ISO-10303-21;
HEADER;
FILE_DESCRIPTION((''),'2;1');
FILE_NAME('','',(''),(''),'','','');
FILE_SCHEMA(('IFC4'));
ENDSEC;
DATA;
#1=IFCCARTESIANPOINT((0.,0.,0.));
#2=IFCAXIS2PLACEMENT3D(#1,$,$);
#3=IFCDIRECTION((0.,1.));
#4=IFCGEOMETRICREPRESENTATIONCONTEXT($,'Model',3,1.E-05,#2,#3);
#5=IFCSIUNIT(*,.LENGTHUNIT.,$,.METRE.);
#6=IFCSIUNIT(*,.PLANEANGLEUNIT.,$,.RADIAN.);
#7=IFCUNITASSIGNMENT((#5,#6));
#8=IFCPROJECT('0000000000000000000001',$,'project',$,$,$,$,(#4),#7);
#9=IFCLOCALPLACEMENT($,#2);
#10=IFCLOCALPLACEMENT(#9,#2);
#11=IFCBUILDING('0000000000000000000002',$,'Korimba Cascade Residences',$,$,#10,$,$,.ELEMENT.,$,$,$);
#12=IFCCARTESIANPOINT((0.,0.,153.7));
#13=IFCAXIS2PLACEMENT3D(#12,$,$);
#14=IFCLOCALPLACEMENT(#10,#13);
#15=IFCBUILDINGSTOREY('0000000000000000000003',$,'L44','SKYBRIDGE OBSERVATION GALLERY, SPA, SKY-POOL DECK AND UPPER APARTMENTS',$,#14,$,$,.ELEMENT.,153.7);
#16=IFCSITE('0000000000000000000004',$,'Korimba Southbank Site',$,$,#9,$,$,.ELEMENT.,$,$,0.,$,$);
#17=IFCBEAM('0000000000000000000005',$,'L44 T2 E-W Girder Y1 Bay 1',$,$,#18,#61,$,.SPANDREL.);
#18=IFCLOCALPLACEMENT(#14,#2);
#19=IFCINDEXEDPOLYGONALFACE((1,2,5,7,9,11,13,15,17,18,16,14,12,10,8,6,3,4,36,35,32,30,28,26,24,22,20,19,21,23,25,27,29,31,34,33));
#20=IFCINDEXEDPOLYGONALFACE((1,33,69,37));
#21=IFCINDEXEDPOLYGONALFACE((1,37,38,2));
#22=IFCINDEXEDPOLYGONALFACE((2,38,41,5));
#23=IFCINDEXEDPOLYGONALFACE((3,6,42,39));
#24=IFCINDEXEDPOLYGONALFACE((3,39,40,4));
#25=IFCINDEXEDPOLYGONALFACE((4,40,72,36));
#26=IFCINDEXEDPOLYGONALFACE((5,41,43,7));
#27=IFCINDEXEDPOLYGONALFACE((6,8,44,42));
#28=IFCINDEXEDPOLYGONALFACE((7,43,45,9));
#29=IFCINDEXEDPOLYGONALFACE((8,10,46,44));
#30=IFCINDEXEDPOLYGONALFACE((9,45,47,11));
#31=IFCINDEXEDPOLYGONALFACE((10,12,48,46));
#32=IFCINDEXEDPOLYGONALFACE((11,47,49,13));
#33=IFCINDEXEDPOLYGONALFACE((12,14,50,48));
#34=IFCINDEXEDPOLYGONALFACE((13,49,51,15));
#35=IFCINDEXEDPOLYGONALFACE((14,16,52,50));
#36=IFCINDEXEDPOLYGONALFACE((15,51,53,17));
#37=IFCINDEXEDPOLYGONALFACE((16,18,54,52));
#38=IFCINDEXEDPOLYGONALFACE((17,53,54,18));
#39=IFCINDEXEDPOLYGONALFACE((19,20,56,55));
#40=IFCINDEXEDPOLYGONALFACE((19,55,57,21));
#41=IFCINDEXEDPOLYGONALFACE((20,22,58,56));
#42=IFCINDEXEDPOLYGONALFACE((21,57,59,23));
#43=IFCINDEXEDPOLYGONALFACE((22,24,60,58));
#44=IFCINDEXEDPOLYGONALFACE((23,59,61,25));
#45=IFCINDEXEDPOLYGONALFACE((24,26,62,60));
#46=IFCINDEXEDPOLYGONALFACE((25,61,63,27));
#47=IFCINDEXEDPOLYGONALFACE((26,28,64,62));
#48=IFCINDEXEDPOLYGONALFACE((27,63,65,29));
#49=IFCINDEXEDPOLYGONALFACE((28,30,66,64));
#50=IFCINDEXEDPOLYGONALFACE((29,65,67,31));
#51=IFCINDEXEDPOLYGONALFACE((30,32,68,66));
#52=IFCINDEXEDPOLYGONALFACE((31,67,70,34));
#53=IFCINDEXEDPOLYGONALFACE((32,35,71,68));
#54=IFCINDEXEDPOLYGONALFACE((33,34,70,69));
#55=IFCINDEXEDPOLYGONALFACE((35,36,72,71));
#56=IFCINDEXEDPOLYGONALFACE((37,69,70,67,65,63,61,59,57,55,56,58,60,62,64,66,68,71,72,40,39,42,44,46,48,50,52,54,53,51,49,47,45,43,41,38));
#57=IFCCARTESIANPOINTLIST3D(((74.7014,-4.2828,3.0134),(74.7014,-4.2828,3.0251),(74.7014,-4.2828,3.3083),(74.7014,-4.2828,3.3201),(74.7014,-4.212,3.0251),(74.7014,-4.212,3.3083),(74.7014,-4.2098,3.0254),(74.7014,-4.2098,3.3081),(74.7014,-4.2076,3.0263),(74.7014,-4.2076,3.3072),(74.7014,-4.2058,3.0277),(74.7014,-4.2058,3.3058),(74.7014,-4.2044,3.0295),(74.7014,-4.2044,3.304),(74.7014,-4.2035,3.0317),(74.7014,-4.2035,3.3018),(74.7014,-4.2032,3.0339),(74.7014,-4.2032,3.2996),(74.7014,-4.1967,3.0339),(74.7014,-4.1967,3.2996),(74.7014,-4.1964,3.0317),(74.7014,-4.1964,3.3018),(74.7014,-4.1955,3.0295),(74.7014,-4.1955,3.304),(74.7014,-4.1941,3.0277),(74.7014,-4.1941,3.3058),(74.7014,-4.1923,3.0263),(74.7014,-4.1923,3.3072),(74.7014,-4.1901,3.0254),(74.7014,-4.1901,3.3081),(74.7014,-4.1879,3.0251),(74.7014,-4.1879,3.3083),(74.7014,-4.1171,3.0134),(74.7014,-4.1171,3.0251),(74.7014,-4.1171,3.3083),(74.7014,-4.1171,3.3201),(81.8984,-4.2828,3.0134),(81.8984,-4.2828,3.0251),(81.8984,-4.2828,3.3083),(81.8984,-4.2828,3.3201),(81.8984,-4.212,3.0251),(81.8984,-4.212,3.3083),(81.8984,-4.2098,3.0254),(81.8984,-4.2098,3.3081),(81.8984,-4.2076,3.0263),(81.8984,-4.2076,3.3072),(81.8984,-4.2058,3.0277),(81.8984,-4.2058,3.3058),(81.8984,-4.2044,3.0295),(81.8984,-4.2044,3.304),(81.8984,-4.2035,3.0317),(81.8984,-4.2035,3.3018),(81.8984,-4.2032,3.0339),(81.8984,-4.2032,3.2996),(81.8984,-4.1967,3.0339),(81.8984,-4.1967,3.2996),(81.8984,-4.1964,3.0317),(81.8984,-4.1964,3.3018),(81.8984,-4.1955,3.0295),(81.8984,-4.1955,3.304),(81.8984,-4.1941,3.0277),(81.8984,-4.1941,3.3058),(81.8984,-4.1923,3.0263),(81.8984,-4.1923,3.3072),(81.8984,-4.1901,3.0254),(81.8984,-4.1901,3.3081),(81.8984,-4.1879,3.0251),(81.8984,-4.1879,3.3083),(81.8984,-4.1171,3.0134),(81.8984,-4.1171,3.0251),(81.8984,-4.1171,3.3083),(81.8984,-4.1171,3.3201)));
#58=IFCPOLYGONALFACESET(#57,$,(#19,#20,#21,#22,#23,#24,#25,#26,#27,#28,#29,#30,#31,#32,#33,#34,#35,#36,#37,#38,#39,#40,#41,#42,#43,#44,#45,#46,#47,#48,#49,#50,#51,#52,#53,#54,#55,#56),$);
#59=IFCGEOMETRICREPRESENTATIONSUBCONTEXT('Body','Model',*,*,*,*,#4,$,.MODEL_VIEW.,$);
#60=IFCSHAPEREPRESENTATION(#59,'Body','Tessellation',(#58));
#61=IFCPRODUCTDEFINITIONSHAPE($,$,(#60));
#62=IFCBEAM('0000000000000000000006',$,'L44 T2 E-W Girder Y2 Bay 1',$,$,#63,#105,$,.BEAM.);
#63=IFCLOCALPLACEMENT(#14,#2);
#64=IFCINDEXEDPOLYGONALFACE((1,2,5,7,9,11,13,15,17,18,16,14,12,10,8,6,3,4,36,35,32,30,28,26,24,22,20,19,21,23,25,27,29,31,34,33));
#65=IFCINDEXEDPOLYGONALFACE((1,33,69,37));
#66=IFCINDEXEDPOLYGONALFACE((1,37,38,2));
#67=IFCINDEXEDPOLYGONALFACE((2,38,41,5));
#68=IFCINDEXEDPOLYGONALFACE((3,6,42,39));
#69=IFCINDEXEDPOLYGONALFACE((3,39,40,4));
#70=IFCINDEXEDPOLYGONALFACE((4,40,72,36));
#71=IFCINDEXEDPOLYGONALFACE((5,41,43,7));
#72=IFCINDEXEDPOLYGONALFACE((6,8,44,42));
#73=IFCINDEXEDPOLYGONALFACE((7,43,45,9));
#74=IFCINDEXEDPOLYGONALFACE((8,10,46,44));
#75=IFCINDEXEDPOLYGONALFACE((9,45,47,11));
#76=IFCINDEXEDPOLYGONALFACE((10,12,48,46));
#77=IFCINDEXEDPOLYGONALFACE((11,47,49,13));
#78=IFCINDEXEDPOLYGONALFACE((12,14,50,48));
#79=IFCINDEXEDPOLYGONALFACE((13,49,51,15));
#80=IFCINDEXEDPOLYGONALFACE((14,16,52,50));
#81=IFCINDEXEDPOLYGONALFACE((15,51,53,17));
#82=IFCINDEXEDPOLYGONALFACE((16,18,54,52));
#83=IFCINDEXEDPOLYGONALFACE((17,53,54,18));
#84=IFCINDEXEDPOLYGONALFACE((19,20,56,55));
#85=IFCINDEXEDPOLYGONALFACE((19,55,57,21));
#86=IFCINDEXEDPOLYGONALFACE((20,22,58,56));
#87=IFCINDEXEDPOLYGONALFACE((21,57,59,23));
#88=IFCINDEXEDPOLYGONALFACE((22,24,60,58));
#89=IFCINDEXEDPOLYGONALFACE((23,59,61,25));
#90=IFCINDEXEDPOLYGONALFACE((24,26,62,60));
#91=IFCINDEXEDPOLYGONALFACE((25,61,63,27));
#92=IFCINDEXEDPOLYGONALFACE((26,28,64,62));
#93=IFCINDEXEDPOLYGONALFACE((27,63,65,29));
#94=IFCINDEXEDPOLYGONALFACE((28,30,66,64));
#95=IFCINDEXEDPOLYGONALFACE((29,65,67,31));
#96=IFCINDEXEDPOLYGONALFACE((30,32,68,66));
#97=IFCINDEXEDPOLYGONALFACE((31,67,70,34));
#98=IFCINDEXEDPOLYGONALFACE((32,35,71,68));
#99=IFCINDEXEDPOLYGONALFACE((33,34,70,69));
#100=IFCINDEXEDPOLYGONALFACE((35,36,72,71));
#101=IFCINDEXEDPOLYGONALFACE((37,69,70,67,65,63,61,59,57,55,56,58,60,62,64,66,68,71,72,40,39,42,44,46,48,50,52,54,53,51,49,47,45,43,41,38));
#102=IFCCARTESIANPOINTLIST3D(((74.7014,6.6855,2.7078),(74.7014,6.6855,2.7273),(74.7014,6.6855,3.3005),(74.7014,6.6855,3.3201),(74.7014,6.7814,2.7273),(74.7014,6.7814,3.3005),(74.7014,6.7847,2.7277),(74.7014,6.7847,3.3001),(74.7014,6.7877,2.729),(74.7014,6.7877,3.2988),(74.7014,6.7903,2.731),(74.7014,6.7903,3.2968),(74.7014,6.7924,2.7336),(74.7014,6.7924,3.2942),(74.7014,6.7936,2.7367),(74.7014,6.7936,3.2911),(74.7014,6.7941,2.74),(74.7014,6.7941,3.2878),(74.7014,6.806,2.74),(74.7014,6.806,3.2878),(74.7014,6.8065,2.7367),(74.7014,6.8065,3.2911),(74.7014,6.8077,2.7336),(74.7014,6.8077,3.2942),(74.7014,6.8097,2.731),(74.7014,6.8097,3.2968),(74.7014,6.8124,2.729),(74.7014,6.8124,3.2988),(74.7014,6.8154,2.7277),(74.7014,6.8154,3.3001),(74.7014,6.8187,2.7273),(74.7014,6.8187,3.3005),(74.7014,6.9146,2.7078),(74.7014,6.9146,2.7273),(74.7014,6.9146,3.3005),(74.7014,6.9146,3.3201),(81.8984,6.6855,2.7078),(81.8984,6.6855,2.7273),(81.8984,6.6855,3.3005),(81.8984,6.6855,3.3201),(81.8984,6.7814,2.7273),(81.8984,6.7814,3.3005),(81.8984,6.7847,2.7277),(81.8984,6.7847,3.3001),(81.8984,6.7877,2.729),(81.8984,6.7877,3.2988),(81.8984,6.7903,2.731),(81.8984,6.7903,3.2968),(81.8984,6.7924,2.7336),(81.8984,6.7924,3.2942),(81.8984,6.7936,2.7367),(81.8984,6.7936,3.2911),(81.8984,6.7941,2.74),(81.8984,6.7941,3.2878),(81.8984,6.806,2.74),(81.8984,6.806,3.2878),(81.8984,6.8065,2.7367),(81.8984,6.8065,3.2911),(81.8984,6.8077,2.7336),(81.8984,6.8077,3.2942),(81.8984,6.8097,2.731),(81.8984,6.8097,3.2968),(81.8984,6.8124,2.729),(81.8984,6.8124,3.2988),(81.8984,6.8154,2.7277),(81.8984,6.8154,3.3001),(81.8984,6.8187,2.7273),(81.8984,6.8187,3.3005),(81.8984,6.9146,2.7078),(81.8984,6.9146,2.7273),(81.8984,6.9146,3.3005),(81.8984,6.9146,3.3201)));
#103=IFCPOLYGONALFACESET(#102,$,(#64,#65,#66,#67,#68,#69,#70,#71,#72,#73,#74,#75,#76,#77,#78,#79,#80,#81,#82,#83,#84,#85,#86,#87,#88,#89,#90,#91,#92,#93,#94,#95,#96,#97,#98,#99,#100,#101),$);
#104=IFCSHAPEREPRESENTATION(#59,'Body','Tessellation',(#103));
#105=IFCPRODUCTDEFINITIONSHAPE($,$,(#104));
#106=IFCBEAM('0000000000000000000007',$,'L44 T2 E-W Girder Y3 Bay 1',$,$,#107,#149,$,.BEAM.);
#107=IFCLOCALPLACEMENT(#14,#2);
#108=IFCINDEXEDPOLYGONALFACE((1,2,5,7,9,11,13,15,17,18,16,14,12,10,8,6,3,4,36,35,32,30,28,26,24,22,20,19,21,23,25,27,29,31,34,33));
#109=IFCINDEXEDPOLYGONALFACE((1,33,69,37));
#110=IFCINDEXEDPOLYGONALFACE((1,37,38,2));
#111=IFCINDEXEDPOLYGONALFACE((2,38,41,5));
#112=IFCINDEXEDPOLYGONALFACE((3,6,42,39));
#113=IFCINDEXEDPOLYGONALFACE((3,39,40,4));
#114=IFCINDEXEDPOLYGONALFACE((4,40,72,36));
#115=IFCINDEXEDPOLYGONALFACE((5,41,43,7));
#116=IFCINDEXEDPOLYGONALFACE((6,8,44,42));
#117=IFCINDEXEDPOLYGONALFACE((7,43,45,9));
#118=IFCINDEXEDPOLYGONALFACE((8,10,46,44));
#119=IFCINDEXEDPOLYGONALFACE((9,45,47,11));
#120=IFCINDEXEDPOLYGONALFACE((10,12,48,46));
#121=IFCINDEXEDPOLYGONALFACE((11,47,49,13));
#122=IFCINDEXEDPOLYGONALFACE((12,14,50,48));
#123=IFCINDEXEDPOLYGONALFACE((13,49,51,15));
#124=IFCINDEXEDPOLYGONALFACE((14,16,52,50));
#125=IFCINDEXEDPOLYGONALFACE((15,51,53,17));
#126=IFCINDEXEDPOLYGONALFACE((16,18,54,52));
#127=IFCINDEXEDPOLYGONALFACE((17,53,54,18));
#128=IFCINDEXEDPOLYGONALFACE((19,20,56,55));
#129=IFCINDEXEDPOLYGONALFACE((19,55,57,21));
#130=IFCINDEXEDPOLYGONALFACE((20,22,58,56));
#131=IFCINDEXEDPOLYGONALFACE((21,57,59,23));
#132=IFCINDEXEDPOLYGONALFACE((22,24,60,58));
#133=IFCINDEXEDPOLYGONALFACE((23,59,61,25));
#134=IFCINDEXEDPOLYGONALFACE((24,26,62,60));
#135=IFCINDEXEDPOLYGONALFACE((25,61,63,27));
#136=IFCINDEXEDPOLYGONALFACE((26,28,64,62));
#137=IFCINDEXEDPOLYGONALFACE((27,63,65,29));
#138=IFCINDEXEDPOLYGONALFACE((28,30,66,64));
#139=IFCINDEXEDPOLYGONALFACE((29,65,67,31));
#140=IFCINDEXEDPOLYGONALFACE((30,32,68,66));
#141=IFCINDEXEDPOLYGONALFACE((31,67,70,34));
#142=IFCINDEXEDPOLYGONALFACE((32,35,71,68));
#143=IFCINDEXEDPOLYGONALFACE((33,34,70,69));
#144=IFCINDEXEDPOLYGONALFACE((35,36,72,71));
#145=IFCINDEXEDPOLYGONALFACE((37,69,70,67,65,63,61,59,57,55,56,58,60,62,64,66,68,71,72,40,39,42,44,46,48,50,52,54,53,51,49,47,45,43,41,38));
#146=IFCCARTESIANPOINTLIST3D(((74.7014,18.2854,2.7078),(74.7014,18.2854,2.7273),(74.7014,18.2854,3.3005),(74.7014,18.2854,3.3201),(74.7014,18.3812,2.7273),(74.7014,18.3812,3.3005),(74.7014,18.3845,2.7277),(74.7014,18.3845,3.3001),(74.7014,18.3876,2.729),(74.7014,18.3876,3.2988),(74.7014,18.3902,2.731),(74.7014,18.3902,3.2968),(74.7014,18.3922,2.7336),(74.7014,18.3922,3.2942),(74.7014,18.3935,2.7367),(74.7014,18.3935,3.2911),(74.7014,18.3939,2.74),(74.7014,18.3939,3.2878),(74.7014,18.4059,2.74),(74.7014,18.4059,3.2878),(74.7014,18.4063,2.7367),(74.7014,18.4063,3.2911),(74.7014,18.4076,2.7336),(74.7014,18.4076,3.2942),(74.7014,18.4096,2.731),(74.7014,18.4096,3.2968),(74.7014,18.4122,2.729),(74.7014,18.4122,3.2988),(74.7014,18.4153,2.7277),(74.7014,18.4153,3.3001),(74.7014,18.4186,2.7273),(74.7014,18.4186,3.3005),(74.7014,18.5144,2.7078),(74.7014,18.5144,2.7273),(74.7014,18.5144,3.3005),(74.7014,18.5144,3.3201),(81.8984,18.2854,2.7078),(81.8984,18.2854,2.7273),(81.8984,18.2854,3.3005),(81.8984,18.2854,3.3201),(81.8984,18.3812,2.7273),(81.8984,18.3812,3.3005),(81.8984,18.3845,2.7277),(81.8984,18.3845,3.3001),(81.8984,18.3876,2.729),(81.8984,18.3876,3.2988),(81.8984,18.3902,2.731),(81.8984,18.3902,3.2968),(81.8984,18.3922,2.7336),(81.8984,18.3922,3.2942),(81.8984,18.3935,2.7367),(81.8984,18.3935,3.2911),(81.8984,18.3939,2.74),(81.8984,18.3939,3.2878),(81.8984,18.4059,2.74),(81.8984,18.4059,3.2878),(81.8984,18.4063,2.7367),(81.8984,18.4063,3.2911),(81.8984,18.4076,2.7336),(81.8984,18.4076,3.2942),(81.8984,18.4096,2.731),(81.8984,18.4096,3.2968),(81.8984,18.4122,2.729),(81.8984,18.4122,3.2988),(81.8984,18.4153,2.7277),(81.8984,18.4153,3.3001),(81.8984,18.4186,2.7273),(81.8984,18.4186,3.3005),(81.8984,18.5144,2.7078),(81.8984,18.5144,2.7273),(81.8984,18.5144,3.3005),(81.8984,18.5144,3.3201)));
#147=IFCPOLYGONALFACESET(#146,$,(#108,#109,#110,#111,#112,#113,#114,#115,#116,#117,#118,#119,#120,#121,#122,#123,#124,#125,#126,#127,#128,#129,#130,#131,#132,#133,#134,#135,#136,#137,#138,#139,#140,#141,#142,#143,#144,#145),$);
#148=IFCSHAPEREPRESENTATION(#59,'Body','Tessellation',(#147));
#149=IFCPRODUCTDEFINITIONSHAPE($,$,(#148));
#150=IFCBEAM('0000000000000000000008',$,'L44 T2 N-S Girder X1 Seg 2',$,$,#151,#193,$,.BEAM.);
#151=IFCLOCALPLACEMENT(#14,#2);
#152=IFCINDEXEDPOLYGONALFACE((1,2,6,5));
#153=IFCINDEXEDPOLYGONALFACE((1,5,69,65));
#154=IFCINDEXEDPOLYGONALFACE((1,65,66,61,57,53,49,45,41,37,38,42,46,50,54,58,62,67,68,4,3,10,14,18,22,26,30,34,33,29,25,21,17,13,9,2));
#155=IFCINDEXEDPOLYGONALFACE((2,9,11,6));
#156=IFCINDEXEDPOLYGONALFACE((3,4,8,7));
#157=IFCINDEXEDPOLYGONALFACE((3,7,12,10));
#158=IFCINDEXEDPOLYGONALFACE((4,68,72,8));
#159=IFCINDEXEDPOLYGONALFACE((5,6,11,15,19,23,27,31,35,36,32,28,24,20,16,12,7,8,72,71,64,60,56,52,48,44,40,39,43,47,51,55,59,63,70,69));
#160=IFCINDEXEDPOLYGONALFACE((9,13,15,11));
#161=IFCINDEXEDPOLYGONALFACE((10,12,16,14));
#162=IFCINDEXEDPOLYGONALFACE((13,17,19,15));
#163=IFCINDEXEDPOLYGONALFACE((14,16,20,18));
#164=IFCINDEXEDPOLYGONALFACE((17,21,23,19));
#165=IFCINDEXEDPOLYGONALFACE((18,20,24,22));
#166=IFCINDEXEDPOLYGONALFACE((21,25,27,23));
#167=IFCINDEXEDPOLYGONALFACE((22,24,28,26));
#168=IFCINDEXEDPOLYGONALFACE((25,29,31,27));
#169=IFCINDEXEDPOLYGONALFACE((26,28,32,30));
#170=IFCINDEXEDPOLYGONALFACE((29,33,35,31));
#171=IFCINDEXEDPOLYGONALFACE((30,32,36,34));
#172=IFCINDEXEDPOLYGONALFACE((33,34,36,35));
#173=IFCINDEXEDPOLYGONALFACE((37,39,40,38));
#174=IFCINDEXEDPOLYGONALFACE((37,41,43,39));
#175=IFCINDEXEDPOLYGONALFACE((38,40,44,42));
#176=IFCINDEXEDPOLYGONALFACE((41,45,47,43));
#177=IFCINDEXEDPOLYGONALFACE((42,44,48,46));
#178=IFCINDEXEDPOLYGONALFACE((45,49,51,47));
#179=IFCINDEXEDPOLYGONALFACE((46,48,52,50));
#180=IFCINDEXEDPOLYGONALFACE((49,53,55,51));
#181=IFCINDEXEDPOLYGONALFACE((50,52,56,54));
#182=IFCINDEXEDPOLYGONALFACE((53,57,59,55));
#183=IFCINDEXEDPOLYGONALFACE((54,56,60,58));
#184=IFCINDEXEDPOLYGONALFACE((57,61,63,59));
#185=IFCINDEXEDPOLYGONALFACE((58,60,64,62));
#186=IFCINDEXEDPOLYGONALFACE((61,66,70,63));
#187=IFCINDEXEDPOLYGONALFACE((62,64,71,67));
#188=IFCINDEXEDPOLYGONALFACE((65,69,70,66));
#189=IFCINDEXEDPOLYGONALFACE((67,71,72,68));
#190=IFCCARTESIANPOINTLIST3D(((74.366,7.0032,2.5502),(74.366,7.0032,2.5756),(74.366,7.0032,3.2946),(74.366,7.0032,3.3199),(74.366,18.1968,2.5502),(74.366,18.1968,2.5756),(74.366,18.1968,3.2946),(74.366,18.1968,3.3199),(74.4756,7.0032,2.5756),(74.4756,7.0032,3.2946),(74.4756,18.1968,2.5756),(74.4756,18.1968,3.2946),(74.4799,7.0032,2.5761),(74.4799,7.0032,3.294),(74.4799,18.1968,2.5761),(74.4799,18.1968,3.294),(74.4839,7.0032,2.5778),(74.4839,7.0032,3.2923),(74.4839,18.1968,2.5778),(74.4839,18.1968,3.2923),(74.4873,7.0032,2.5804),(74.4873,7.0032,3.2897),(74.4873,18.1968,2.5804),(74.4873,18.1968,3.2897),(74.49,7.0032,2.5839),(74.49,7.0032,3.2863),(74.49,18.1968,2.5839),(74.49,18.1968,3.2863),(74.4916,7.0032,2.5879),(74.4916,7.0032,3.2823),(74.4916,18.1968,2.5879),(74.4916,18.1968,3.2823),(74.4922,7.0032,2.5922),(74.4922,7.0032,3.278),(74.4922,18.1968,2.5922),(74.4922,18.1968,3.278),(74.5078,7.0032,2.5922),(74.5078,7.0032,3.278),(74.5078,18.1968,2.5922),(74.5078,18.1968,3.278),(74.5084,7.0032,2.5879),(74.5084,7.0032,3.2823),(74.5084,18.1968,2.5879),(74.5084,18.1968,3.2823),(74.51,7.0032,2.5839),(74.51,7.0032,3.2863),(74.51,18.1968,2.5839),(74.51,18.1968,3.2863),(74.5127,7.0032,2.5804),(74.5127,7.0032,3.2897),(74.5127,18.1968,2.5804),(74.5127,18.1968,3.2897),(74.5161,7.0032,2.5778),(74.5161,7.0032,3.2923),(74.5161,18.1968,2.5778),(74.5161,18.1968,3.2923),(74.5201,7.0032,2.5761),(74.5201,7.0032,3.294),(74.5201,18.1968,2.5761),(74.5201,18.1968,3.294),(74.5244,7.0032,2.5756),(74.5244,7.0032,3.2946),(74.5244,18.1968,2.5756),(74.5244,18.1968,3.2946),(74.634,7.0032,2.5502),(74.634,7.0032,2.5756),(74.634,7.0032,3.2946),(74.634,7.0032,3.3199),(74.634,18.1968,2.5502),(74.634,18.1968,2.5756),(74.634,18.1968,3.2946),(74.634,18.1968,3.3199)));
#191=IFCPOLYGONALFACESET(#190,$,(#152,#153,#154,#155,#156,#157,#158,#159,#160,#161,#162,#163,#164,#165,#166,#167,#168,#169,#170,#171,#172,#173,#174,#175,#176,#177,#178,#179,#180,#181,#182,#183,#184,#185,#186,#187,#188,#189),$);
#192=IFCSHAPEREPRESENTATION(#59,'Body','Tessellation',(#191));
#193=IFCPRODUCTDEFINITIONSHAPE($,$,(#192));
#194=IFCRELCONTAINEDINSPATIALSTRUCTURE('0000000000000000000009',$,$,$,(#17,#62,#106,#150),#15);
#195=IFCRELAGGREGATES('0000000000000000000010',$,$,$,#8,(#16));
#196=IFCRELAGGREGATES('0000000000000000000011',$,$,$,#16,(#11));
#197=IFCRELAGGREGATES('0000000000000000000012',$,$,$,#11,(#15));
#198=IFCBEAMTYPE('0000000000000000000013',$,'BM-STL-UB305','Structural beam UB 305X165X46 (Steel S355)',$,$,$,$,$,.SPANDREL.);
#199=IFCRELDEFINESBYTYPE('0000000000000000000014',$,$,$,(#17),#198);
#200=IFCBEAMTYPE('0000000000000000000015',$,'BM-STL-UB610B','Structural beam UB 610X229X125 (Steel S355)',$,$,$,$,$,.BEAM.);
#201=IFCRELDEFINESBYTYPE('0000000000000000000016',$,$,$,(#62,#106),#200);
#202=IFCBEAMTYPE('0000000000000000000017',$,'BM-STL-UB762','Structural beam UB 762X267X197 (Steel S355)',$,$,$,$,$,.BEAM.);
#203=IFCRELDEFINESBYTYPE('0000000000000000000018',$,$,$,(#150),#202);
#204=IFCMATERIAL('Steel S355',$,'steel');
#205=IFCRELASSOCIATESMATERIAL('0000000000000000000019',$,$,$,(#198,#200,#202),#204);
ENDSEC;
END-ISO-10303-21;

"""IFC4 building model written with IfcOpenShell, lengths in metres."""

from ifc_helpers import new_model, si_unit, direction, frame, origin, origin_2d, place, context, subcontext, project, spatial, i_section, extrude, material, material_profile, profile_set, type_object, element, save


model = new_model("IFC4")

# Units and contexts
model_context = context("Model", 3, precision=1e-05, world=origin(), true_north=direction((0.0, 1.0)))
body_context = subcontext(model_context, "Body", "Model", "MODEL_VIEW")
ifc_project = project(units=[si_unit("LENGTHUNIT", "METRE"), si_unit("PLANEANGLEUNIT", "RADIAN")], contexts=[model_context])

# Site, building, storey
site_placement = place(None, origin())
site = spatial("IfcSite", under=ifc_project, at=site_placement, Name="Korimba Southbank Site", CompositionType="ELEMENT", RefElevation=0.0)
building_placement = place(site_placement, origin())
building = spatial("IfcBuilding", under=site, at=building_placement, Name="Korimba Cascade Residences", CompositionType="ELEMENT")
storey_placement = place(building_placement, frame((0.0, 0.0, 153.7)))
storey = spatial("IfcBuildingStorey", under=building, at=storey_placement, Name="L44", Description="SKYBRIDGE OBSERVATION GALLERY, SPA, SKY-POOL DECK AND UPPER APARTMENTS", CompositionType="ELEMENT", Elevation=153.7)

# Beams
ifc_material_1 = material(Name="Steel S355", Category="steel")
ifc_material_profile_1 = material_profile(ifc_material_1, i_section(OverallWidth=0.1658, OverallDepth=0.3066, WebThickness=0.0066, FlangeThickness=0.0117, FilletRadius=0.0088, at=origin_2d()), Name="Steel S355")
ifc_profile_set_1 = profile_set([ifc_material_profile_1], Name="Steel S355")
beam_type_1 = type_object("IfcBeamType", Name="BM-STL-UB305", Description="Structural beam UB 305X165X46 (Steel S355)", PredefinedType="SPANDREL", material=ifc_profile_set_1)
beam_1_placement = place(storey_placement, frame((74.7014, -4.2, 3.1667), z_axis=(1.0, 0.0, 0.0), x_axis=(0.0, 1.0, 0.0)))
element("IfcBeam", 1, at=beam_1_placement, inside=storey, type_object=beam_type_1, Name="L44 T2 E-W Girder Y1 Bay 1", PredefinedType="SPANDREL", context=body_context, shape_type="SweptSolid", body=[
    extrude(i_section(OverallWidth=0.1658, OverallDepth=0.3066, WebThickness=0.0066, FlangeThickness=0.0117, FilletRadius=0.0088, at=origin_2d()), origin(), (0.0, 0.0, 1.0), 7.197),
])
ifc_material_profile_2 = material_profile(ifc_material_1, i_section(OverallWidth=0.229, OverallDepth=0.6123, WebThickness=0.012, FlangeThickness=0.0195, FilletRadius=0.0127, at=origin_2d()), Name="Steel S355")
ifc_profile_set_2 = profile_set([ifc_material_profile_2], Name="Steel S355")
beam_type_2 = type_object("IfcBeamType", Name="BM-STL-UB610B", Description="Structural beam UB 610X229X125 (Steel S355)", PredefinedType="BEAM", material=ifc_profile_set_2)
for number, where, z_axis, x_axis, name in (
    (2, (74.7014, 6.8, 3.0139), (1.0, 0.0, 0.0), (0.0, 1.0, 0.0), "L44 T2 E-W Girder Y2 Bay 1"),
    (3, (74.7014, 18.3999, 3.0139), (1.0, 0.0, 0.0), (0.0, 1.0, 0.0), "L44 T2 E-W Girder Y3 Bay 1"),
):
    element("IfcBeam", number, at=place(storey_placement, frame(where, z_axis=z_axis, x_axis=x_axis)), inside=storey, type_object=beam_type_2, Name=name, PredefinedType="BEAM", context=body_context, shape_type="SweptSolid", body=[
        extrude(i_section(OverallWidth=0.229, OverallDepth=0.6123, WebThickness=0.012, FlangeThickness=0.0195, FilletRadius=0.0127, at=origin_2d()), origin(), (0.0, 0.0, 1.0), 7.197),
    ])
ifc_material_profile_3 = material_profile(ifc_material_1, i_section(OverallWidth=0.2681, OverallDepth=0.7698, WebThickness=0.0156, FlangeThickness=0.0254, FilletRadius=0.0166, at=origin_2d()), Name="Steel S355")
ifc_profile_set_3 = profile_set([ifc_material_profile_3], Name="Steel S355")
beam_type_3 = type_object("IfcBeamType", Name="BM-STL-UB762", Description="Structural beam UB 762X267X197 (Steel S355)", PredefinedType="BEAM", material=ifc_profile_set_3)
beam_2_placement = place(storey_placement, frame((74.5, 7.0032, 2.9351), z_axis=(0.0, 1.0, 0.0), x_axis=(-1.0, 0.0, 0.0)))
element("IfcBeam", 4, at=beam_2_placement, inside=storey, type_object=beam_type_3, Name="L44 T2 N-S Girder X1 Seg 2", PredefinedType="BEAM", context=body_context, shape_type="SweptSolid", body=[
    extrude(i_section(OverallWidth=0.2681, OverallDepth=0.7698, WebThickness=0.0156, FlangeThickness=0.0254, FilletRadius=0.0166, at=origin_2d()), origin(), (0.0, 0.0, 1.0), 11.1936),
])

save(model, "model.ifc")
